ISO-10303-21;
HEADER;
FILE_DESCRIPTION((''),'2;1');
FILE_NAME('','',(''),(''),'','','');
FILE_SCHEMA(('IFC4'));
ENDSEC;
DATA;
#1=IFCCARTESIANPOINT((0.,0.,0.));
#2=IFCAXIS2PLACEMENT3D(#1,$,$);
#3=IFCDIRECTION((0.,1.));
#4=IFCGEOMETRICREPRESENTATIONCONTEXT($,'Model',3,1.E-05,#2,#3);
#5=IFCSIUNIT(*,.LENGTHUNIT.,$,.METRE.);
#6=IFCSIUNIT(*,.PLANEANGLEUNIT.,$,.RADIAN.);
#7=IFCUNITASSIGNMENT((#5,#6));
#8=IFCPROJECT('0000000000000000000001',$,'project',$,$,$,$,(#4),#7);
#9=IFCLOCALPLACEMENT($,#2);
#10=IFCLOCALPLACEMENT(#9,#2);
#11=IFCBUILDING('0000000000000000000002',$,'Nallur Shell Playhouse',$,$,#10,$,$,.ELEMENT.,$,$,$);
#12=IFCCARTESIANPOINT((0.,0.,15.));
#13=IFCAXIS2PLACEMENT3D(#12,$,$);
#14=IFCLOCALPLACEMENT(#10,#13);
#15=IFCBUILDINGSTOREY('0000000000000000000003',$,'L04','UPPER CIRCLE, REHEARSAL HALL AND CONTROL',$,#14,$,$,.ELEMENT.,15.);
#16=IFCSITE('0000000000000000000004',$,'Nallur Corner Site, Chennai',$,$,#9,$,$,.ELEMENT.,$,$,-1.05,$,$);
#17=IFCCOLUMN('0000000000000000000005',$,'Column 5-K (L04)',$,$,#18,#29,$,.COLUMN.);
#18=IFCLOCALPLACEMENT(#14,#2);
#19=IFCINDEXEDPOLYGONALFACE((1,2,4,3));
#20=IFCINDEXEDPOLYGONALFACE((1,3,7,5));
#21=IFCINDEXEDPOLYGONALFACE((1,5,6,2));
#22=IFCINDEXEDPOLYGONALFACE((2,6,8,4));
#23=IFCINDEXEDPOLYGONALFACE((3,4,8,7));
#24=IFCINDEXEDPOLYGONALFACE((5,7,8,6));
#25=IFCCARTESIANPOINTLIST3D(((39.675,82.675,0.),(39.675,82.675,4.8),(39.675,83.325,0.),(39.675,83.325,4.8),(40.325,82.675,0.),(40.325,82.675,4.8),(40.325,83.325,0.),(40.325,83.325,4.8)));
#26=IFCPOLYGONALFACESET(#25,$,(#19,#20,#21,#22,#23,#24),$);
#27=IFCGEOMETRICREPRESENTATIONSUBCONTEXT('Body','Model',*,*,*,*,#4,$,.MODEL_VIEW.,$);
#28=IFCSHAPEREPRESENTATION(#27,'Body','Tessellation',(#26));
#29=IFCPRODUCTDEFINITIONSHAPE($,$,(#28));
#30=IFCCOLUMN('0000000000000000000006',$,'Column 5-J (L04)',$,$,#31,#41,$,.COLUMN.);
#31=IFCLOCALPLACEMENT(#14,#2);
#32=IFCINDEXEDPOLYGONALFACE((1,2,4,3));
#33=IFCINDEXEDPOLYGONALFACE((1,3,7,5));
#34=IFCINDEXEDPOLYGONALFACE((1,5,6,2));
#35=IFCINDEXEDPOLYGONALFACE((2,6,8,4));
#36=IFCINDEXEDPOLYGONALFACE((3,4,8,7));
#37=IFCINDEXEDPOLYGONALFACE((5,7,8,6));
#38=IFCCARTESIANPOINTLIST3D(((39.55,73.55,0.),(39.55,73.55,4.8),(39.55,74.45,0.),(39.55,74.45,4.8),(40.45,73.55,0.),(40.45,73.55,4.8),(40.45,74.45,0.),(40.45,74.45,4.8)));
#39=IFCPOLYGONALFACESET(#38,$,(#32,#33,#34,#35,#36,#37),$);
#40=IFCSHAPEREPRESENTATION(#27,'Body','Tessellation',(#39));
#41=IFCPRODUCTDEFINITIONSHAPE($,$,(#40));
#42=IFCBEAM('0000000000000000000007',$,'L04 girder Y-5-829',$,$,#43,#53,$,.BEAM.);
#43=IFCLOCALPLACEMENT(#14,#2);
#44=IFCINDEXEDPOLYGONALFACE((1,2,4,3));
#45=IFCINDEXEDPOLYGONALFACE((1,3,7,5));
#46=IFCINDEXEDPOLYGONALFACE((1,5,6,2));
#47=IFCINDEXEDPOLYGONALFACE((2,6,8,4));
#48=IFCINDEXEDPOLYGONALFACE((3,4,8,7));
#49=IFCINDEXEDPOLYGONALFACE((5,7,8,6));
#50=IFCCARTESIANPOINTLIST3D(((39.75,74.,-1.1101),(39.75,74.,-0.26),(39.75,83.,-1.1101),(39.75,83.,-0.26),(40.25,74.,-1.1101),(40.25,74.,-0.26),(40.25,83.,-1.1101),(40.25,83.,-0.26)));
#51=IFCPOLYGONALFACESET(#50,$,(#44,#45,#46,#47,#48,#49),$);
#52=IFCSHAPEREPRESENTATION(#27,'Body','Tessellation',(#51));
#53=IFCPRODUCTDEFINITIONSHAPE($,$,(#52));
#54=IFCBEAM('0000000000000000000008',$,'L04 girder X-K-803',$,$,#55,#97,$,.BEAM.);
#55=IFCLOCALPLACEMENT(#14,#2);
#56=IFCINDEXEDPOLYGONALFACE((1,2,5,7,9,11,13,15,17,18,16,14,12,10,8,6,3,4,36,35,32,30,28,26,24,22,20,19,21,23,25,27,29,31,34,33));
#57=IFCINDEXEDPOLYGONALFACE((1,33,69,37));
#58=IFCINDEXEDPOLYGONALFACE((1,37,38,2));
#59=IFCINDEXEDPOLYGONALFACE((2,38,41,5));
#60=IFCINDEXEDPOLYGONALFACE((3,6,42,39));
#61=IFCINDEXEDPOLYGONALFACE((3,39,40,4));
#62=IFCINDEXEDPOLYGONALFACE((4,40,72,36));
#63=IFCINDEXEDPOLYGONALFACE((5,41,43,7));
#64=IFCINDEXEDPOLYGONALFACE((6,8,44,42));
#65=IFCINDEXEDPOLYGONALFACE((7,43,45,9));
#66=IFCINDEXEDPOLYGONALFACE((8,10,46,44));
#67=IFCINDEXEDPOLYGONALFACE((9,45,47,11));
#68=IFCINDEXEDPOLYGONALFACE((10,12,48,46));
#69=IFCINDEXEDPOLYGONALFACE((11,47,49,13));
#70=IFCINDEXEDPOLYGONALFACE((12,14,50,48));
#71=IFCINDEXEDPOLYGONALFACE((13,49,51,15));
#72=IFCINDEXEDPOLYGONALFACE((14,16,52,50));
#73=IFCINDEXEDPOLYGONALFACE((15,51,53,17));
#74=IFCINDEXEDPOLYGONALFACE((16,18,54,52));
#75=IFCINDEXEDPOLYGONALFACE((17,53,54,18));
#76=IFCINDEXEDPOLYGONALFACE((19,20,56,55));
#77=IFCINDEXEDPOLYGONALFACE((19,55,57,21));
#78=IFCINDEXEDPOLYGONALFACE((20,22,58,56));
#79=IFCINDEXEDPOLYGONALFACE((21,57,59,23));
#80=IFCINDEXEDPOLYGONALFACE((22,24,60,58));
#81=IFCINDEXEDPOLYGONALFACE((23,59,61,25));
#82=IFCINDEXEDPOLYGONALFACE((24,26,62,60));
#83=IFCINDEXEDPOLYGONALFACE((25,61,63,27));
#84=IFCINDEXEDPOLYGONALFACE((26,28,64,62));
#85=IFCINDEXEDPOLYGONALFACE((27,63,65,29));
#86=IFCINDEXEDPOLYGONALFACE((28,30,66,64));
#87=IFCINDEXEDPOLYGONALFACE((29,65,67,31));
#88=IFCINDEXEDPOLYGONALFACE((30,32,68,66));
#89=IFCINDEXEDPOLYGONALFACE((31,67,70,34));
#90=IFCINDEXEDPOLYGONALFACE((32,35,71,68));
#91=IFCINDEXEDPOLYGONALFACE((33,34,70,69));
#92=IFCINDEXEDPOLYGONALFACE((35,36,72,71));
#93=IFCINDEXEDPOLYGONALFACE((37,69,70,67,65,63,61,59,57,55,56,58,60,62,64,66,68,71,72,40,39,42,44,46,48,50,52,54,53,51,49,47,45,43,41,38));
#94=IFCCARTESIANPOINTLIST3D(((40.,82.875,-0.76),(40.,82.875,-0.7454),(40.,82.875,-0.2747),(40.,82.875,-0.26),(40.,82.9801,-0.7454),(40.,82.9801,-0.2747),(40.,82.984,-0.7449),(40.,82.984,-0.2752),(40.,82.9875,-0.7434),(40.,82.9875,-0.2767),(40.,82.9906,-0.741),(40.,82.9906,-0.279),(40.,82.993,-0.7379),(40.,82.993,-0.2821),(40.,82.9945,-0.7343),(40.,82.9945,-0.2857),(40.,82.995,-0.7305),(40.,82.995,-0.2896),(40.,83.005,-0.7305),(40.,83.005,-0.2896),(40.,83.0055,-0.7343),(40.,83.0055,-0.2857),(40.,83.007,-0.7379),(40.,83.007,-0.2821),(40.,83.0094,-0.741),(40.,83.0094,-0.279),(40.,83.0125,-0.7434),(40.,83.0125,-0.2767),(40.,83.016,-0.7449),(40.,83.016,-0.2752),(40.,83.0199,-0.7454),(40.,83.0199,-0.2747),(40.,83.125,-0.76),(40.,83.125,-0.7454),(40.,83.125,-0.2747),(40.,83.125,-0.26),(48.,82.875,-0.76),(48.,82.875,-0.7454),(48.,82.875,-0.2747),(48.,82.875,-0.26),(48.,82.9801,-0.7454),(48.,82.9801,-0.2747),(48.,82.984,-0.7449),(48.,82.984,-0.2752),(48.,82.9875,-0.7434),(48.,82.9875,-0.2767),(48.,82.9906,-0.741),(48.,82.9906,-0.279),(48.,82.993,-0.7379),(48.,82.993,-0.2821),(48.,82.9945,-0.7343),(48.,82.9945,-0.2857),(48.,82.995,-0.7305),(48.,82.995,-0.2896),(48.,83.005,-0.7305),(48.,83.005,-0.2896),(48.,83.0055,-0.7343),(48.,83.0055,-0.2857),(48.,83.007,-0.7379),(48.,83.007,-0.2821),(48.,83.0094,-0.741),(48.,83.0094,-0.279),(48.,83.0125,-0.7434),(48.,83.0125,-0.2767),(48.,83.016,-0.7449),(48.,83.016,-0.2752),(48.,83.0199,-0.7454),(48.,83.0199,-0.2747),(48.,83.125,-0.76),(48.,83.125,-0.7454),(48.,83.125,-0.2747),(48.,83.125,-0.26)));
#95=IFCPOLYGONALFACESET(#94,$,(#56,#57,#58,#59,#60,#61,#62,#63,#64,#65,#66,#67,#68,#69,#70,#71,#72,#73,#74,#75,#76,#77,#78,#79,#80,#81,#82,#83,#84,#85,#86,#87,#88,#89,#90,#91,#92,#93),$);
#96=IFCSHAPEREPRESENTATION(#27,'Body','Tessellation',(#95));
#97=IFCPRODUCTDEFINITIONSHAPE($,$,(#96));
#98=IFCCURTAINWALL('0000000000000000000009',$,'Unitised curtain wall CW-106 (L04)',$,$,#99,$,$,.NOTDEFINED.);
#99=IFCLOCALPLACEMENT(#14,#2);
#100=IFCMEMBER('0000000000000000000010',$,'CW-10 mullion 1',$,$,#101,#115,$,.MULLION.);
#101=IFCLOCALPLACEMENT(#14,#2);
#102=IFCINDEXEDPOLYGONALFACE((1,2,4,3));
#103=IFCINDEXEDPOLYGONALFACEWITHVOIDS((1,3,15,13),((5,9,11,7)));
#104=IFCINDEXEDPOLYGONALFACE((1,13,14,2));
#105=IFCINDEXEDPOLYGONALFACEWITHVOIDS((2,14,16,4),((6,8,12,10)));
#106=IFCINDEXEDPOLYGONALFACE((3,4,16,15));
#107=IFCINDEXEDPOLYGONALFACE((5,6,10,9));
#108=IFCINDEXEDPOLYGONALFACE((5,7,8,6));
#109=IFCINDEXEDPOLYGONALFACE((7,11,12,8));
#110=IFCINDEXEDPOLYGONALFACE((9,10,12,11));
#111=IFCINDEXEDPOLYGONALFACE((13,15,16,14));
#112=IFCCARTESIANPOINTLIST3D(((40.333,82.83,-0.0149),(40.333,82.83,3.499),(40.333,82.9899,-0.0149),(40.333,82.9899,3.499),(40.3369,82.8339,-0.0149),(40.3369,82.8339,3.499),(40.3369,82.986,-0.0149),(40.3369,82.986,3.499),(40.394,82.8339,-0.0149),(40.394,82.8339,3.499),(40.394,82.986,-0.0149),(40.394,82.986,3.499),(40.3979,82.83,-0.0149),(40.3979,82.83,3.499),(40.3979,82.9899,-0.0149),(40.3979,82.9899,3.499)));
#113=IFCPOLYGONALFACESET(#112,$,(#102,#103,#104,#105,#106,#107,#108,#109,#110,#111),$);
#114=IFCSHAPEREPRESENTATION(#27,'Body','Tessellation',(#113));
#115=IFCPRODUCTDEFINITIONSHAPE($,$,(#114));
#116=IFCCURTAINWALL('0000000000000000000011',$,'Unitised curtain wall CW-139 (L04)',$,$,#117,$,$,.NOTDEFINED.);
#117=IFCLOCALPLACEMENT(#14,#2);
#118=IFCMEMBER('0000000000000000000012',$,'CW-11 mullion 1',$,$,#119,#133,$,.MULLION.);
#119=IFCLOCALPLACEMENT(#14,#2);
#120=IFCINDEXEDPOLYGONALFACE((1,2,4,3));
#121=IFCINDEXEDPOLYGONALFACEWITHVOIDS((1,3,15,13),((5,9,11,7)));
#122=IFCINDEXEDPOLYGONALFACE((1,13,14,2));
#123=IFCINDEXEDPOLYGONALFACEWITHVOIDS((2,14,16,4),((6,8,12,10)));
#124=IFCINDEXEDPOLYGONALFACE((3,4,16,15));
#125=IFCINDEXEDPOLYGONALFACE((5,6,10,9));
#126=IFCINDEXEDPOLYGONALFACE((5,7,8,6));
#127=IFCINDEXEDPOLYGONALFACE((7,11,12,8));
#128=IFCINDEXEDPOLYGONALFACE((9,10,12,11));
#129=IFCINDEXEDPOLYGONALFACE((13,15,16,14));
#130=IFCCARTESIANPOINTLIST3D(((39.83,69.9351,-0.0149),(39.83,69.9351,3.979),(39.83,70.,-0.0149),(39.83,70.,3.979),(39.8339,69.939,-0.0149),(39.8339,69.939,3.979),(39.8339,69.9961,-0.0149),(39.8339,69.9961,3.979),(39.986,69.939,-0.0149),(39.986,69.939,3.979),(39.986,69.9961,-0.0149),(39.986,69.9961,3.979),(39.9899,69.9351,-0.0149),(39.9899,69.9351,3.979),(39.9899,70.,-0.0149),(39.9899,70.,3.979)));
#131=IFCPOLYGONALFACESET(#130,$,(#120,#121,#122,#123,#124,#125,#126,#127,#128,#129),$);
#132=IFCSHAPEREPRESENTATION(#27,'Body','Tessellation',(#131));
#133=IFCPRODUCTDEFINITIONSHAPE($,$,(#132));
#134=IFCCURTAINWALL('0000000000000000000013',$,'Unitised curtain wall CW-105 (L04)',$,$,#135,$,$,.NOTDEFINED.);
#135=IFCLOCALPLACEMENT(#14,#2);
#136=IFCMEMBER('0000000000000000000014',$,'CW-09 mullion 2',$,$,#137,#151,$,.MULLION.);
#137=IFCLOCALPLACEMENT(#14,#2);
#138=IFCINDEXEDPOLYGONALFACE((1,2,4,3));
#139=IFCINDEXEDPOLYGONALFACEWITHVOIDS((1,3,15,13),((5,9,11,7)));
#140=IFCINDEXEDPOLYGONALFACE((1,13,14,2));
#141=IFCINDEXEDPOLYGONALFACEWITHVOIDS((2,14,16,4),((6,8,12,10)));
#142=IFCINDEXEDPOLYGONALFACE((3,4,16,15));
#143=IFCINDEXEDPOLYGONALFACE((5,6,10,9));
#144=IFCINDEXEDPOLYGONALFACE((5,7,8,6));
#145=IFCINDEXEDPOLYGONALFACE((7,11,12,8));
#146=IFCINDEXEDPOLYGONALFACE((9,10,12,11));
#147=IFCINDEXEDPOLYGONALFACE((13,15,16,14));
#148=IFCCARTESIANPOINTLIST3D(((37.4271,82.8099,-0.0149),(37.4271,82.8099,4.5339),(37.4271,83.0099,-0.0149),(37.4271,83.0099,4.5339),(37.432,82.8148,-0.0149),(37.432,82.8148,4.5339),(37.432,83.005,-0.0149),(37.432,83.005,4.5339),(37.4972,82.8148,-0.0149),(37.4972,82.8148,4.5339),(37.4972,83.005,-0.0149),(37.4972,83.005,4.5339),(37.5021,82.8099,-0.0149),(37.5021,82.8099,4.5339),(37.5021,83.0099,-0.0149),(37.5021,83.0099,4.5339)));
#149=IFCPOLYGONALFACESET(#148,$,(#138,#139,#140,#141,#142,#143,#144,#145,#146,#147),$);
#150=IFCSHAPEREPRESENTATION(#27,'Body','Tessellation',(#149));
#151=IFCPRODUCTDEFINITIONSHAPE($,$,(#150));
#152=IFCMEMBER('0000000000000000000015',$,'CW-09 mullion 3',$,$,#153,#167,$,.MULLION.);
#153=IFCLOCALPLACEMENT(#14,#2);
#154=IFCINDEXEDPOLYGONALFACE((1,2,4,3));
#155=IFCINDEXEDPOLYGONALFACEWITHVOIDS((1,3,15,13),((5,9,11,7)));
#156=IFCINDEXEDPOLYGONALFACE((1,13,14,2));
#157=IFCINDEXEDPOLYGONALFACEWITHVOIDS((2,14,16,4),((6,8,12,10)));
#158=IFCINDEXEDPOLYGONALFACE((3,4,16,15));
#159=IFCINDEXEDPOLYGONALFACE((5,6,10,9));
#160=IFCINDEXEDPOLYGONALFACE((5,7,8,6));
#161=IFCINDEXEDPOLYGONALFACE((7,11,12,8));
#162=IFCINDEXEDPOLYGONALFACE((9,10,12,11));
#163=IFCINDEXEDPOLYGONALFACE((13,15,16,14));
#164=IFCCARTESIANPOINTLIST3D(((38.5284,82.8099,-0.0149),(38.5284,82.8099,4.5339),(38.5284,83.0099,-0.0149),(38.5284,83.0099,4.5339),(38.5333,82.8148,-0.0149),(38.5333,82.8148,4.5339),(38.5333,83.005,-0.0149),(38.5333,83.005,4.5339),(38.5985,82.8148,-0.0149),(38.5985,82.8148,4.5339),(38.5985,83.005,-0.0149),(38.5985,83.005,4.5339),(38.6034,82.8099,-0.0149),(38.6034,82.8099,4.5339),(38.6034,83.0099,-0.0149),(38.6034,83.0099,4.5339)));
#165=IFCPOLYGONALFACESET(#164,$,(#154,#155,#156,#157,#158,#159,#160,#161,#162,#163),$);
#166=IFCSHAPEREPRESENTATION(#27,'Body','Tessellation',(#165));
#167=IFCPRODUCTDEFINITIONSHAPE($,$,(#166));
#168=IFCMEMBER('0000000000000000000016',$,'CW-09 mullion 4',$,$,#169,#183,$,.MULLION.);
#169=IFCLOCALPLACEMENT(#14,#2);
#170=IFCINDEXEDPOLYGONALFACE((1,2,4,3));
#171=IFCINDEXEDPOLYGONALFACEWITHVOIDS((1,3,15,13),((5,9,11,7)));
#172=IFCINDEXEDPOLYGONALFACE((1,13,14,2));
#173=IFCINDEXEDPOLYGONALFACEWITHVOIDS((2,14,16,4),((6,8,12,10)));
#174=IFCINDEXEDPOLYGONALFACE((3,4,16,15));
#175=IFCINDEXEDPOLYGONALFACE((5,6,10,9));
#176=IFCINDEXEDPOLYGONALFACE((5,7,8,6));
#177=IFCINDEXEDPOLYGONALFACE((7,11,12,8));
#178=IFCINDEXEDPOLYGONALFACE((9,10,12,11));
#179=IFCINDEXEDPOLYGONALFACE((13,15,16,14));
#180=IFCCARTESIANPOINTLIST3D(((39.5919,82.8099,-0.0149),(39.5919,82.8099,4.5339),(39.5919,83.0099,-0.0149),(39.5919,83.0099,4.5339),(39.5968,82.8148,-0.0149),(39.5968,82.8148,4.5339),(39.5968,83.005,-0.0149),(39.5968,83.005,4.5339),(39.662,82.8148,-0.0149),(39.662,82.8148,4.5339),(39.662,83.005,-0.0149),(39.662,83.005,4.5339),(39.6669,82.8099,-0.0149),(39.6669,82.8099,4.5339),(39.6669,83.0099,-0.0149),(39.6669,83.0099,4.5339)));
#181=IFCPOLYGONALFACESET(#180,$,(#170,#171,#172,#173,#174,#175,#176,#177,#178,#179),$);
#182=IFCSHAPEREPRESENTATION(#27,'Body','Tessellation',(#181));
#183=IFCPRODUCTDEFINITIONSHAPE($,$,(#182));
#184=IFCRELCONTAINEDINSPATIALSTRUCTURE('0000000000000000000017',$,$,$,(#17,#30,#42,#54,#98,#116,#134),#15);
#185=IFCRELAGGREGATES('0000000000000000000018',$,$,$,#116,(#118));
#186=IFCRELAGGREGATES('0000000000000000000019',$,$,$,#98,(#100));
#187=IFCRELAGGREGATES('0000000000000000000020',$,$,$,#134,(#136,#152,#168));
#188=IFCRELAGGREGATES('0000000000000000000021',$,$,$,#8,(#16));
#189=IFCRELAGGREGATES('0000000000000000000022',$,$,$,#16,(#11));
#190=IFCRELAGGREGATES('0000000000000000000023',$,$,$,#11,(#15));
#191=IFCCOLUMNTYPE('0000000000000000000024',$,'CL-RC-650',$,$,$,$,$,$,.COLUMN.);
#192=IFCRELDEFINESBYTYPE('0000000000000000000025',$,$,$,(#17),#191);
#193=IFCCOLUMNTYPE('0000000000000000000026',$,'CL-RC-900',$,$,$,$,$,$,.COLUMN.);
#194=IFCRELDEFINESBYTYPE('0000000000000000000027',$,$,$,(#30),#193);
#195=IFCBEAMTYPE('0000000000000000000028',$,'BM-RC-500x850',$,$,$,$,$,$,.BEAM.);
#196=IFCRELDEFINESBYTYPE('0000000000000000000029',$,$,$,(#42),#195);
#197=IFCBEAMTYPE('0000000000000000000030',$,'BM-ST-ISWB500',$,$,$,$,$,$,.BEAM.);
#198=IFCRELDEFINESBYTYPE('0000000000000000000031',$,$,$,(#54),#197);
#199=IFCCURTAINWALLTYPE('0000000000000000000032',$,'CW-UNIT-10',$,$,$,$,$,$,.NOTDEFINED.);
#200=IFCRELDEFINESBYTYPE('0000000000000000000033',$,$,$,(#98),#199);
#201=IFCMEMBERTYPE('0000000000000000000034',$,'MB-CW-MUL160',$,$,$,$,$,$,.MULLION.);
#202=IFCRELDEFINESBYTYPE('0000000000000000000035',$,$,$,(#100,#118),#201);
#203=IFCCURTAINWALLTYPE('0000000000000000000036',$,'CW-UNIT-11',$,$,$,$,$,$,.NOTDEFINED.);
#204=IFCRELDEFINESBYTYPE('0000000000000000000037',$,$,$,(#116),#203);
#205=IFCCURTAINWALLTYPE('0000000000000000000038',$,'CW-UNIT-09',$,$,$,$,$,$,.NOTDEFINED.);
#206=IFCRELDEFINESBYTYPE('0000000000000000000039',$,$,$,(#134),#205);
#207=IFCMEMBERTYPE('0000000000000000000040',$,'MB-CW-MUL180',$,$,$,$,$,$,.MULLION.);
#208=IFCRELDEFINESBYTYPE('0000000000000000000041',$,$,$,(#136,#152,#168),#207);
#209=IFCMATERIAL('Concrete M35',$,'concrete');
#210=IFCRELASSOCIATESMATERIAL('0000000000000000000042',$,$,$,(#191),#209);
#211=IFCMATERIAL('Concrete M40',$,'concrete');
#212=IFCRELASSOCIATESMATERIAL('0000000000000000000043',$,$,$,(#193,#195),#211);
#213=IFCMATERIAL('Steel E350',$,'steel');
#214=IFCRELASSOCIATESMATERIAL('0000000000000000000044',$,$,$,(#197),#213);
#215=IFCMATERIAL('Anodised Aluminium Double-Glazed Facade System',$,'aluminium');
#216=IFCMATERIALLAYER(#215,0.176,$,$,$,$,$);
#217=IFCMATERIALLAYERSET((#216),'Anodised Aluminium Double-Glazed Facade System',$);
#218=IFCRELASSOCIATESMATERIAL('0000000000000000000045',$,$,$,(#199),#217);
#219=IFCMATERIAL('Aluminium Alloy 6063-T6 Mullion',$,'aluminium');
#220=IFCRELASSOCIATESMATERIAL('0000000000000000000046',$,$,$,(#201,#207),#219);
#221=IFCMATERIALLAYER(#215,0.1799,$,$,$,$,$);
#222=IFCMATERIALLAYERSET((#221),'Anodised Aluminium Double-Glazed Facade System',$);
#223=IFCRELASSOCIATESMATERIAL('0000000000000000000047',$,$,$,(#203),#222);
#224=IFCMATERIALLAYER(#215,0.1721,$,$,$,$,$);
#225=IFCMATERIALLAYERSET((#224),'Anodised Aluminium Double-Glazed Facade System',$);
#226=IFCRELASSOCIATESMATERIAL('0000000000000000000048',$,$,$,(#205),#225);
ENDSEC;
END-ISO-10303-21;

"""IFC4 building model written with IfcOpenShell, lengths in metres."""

from ifc_helpers import new_model, si_unit, direction, frame, origin, origin_2d, place, context, subcontext, project, spatial, rectangle, hollow_rectangle, i_section, extrude, material, layer, layer_set, material_profile, profile_set, type_object, element, aggregate, save


model = new_model("IFC4")

# Units and contexts
model_context = context("Model", 3, precision=1e-05, world=origin(), true_north=direction((0.0, 1.0)))
body_context = subcontext(model_context, "Body", "Model", "MODEL_VIEW")
ifc_project = project(units=[si_unit("LENGTHUNIT", "METRE"), si_unit("PLANEANGLEUNIT", "RADIAN")], contexts=[model_context])

# Site, building, storey
site_placement = place(None, origin())
site = spatial("IfcSite", under=ifc_project, at=site_placement, Name="Nallur Corner Site, Chennai", CompositionType="ELEMENT", RefElevation=-1.05)
building_placement = place(site_placement, origin())
building = spatial("IfcBuilding", under=site, at=building_placement, Name="Nallur Shell Playhouse", CompositionType="ELEMENT")
storey_placement = place(building_placement, frame((0.0, 0.0, 15.0)))
storey = spatial("IfcBuildingStorey", under=building, at=storey_placement, Name="L04", Description="UPPER CIRCLE, REHEARSAL HALL AND CONTROL", CompositionType="ELEMENT", Elevation=15.0)

# Columns
ifc_material_1 = material(Name="Concrete M35", Category="concrete")
ifc_material_profile_1 = material_profile(ifc_material_1, rectangle(XDim=0.6499, YDim=0.6499, at=origin_2d()), Name="RC 650x650")
ifc_profile_set_1 = profile_set([ifc_material_profile_1], Name="Concrete M35")
column_type_1 = type_object("IfcColumnType", Name="CL-RC-650", PredefinedType="COLUMN", material=ifc_profile_set_1)
column_1_placement = place(storey_placement, frame((40.0, 83.0, 0.0), z_axis=(0.0, 0.0, 1.0), x_axis=(1.0, 0.0, 0.0)))
element("IfcColumn", 1, at=column_1_placement, inside=storey, type_object=column_type_1, Name="Column 5-K (L04)", PredefinedType="COLUMN", context=body_context, shape_type="SweptSolid", body=[
    extrude(rectangle(XDim=0.6499, YDim=0.6499, at=origin_2d()), origin(), (0.0, 0.0, 1.0), 4.8),
])
ifc_material_2 = material(Name="Concrete M40", Category="concrete")
ifc_material_profile_2 = material_profile(ifc_material_2, rectangle(XDim=0.8999, YDim=0.8999, at=origin_2d()), Name="RC 900x900")
ifc_profile_set_2 = profile_set([ifc_material_profile_2], Name="Concrete M40")
column_type_2 = type_object("IfcColumnType", Name="CL-RC-900", PredefinedType="COLUMN", material=ifc_profile_set_2)
column_2_placement = place(storey_placement, frame((40.0, 74.0, 0.0), z_axis=(0.0, 0.0, 1.0), x_axis=(1.0, 0.0, 0.0)))
element("IfcColumn", 2, at=column_2_placement, inside=storey, type_object=column_type_2, Name="Column 5-J (L04)", PredefinedType="COLUMN", context=body_context, shape_type="SweptSolid", body=[
    extrude(rectangle(XDim=0.8999, YDim=0.8999, at=origin_2d()), origin(), (0.0, 0.0, 1.0), 4.8),
])

# Beams
ifc_material_profile_3 = material_profile(ifc_material_2, rectangle(XDim=0.5, YDim=0.8501, at=origin_2d()), Name="RC 500x850")
ifc_profile_set_3 = profile_set([ifc_material_profile_3], Name="Concrete M40")
beam_type_1 = type_object("IfcBeamType", Name="BM-RC-500x850", PredefinedType="BEAM", material=ifc_profile_set_3)
beam_1_placement = place(storey_placement, frame((40.0, 74.0, -0.6851), z_axis=(0.0, 1.0, 0.0), x_axis=(-1.0, 0.0, 0.0)))
element("IfcBeam", 3, at=beam_1_placement, inside=storey, type_object=beam_type_1, Name="L04 girder Y-5-829", PredefinedType="BEAM", context=body_context, shape_type="SweptSolid", body=[
    extrude(rectangle(XDim=0.5, YDim=0.8501, at=origin_2d()), origin(), (0.0, 0.0, 1.0), 9.0),
])
ifc_material_3 = material(Name="Steel E350", Category="steel")
ifc_material_profile_4 = material_profile(ifc_material_3, i_section(OverallWidth=0.25, OverallDepth=0.5, WebThickness=0.01, FlangeThickness=0.0146, FilletRadius=0.0149, at=origin_2d()), Name="ISWB 500")
ifc_profile_set_4 = profile_set([ifc_material_profile_4], Name="Steel E350")
beam_type_2 = type_object("IfcBeamType", Name="BM-ST-ISWB500", PredefinedType="BEAM", material=ifc_profile_set_4)
beam_2_placement = place(storey_placement, frame((40.0, 83.0, -0.51), z_axis=(1.0, 0.0, 0.0), x_axis=(0.0, 1.0, 0.0)))
element("IfcBeam", 4, at=beam_2_placement, inside=storey, type_object=beam_type_2, Name="L04 girder X-K-803", PredefinedType="BEAM", context=body_context, shape_type="SweptSolid", body=[
    extrude(i_section(OverallWidth=0.25, OverallDepth=0.5, WebThickness=0.01, FlangeThickness=0.0146, FilletRadius=0.0149, at=origin_2d()), origin(), (0.0, 0.0, 1.0), 8.0),
])

# Curtain walls, members
ifc_material_4 = material(Name="Anodised Aluminium Double-Glazed Facade System", Category="aluminium")
ifc_layer_1 = layer(ifc_material_4, 0.176)
ifc_layer_set_1 = layer_set([ifc_layer_1], Name="Anodised Aluminium Double-Glazed Facade System")
curtain_wall_type_1 = type_object("IfcCurtainWallType", Name="CW-UNIT-10", PredefinedType="NOTDEFINED", material=ifc_layer_set_1)
curtain_wall_1_placement = place(storey_placement, origin())
curtain_wall_1 = element("IfcCurtainWall", 5, at=curtain_wall_1_placement, inside=storey, type_object=curtain_wall_type_1, Name="Unitised curtain wall CW-106 (L04)", PredefinedType="NOTDEFINED")
ifc_material_5 = material(Name="Aluminium Alloy 6063-T6 Mullion", Category="aluminium")
ifc_material_profile_5 = material_profile(ifc_material_5, hollow_rectangle(XDim=0.0649, YDim=0.1599, WallThickness=0.0039, at=origin_2d()), Name="ALU 65x160x4")
ifc_profile_set_5 = profile_set([ifc_material_profile_5], Name="Aluminium Alloy 6063-T6 Mullion")
member_type_1 = type_object("IfcMemberType", Name="MB-CW-MUL160", PredefinedType="MULLION", material=ifc_profile_set_5)
member_1_placement = place(storey_placement, frame((40.3655, 82.9099, -0.0149), z_axis=(0.0, 0.0, 1.0), x_axis=(1.0, 0.0, 0.0)))
member_1 = element("IfcMember", 6, at=member_1_placement, type_object=member_type_1, Name="CW-10 mullion 1", PredefinedType="MULLION", context=body_context, shape_type="SweptSolid", body=[
    extrude(hollow_rectangle(XDim=0.0649, YDim=0.1599, WallThickness=0.0039, at=origin_2d()), origin(), (0.0, 0.0, 1.0), 3.5139),
])
ifc_layer_2 = layer(ifc_material_4, 0.1799)
ifc_layer_set_2 = layer_set([ifc_layer_2], Name="Anodised Aluminium Double-Glazed Facade System")
curtain_wall_type_2 = type_object("IfcCurtainWallType", Name="CW-UNIT-11", PredefinedType="NOTDEFINED", material=ifc_layer_set_2)
curtain_wall_2_placement = place(storey_placement, origin())
curtain_wall_2 = element("IfcCurtainWall", 7, at=curtain_wall_2_placement, inside=storey, type_object=curtain_wall_type_2, Name="Unitised curtain wall CW-139 (L04)", PredefinedType="NOTDEFINED")
member_2_placement = place(storey_placement, frame((39.9099, 69.9675, -0.0149), z_axis=(0.0, 0.0, 1.0), x_axis=(0.0, -1.0, 0.0)))
member_2 = element("IfcMember", 8, at=member_2_placement, type_object=member_type_1, Name="CW-11 mullion 1", PredefinedType="MULLION", context=body_context, shape_type="SweptSolid", body=[
    extrude(hollow_rectangle(XDim=0.0649, YDim=0.1599, WallThickness=0.0039, at=origin_2d()), origin(), (0.0, 0.0, 1.0), 3.9939),
])

# Curtain wall, members
ifc_layer_3 = layer(ifc_material_4, 0.1721)
ifc_layer_set_3 = layer_set([ifc_layer_3], Name="Anodised Aluminium Double-Glazed Facade System")
curtain_wall_type_3 = type_object("IfcCurtainWallType", Name="CW-UNIT-09", PredefinedType="NOTDEFINED", material=ifc_layer_set_3)
curtain_wall_3_placement = place(storey_placement, origin())
curtain_wall_3 = element("IfcCurtainWall", 9, at=curtain_wall_3_placement, inside=storey, type_object=curtain_wall_type_3, Name="Unitised curtain wall CW-105 (L04)", PredefinedType="NOTDEFINED")
ifc_material_profile_6 = material_profile(ifc_material_5, hollow_rectangle(XDim=0.075, YDim=0.2, WallThickness=0.0049, at=origin_2d()), Name="ALU 75x200x5")
ifc_profile_set_6 = profile_set([ifc_material_profile_6], Name="Aluminium Alloy 6063-T6 Mullion")
member_type_2 = type_object("IfcMemberType", Name="MB-CW-MUL180", PredefinedType="MULLION", material=ifc_profile_set_6)
member_3_placement = place(storey_placement, frame((37.4646, 82.9099, -0.0149), z_axis=(0.0, 0.0, 1.0), x_axis=(1.0, 0.0, 0.0)))
member_3 = element("IfcMember", 10, at=member_3_placement, type_object=member_type_2, Name="CW-09 mullion 2", PredefinedType="MULLION", context=body_context, shape_type="SweptSolid", body=[
    extrude(hollow_rectangle(XDim=0.075, YDim=0.2, WallThickness=0.0049, at=origin_2d()), origin(), (0.0, 0.0, 1.0), 4.5488),
])
member_4_placement = place(storey_placement, frame((38.5659, 82.9099, -0.0149), z_axis=(0.0, 0.0, 1.0), x_axis=(1.0, 0.0, 0.0)))
member_4 = element("IfcMember", 11, at=member_4_placement, type_object=member_type_2, Name="CW-09 mullion 3", PredefinedType="MULLION", context=body_context, shape_type="SweptSolid", body=[
    extrude(hollow_rectangle(XDim=0.075, YDim=0.2, WallThickness=0.0049, at=origin_2d()), origin(), (0.0, 0.0, 1.0), 4.5488),
])
member_5_placement = place(storey_placement, frame((39.6294, 82.9099, -0.0149), z_axis=(0.0, 0.0, 1.0), x_axis=(1.0, 0.0, 0.0)))
member_5 = element("IfcMember", 12, at=member_5_placement, type_object=member_type_2, Name="CW-09 mullion 4", PredefinedType="MULLION", context=body_context, shape_type="SweptSolid", body=[
    extrude(hollow_rectangle(XDim=0.075, YDim=0.2, WallThickness=0.0049, at=origin_2d()), origin(), (0.0, 0.0, 1.0), 4.5488),
])

aggregate(curtain_wall_2, [member_2])
aggregate(curtain_wall_1, [member_1])

aggregate(curtain_wall_3, [member_3, member_4, member_5])

save(model, "model.ifc")
